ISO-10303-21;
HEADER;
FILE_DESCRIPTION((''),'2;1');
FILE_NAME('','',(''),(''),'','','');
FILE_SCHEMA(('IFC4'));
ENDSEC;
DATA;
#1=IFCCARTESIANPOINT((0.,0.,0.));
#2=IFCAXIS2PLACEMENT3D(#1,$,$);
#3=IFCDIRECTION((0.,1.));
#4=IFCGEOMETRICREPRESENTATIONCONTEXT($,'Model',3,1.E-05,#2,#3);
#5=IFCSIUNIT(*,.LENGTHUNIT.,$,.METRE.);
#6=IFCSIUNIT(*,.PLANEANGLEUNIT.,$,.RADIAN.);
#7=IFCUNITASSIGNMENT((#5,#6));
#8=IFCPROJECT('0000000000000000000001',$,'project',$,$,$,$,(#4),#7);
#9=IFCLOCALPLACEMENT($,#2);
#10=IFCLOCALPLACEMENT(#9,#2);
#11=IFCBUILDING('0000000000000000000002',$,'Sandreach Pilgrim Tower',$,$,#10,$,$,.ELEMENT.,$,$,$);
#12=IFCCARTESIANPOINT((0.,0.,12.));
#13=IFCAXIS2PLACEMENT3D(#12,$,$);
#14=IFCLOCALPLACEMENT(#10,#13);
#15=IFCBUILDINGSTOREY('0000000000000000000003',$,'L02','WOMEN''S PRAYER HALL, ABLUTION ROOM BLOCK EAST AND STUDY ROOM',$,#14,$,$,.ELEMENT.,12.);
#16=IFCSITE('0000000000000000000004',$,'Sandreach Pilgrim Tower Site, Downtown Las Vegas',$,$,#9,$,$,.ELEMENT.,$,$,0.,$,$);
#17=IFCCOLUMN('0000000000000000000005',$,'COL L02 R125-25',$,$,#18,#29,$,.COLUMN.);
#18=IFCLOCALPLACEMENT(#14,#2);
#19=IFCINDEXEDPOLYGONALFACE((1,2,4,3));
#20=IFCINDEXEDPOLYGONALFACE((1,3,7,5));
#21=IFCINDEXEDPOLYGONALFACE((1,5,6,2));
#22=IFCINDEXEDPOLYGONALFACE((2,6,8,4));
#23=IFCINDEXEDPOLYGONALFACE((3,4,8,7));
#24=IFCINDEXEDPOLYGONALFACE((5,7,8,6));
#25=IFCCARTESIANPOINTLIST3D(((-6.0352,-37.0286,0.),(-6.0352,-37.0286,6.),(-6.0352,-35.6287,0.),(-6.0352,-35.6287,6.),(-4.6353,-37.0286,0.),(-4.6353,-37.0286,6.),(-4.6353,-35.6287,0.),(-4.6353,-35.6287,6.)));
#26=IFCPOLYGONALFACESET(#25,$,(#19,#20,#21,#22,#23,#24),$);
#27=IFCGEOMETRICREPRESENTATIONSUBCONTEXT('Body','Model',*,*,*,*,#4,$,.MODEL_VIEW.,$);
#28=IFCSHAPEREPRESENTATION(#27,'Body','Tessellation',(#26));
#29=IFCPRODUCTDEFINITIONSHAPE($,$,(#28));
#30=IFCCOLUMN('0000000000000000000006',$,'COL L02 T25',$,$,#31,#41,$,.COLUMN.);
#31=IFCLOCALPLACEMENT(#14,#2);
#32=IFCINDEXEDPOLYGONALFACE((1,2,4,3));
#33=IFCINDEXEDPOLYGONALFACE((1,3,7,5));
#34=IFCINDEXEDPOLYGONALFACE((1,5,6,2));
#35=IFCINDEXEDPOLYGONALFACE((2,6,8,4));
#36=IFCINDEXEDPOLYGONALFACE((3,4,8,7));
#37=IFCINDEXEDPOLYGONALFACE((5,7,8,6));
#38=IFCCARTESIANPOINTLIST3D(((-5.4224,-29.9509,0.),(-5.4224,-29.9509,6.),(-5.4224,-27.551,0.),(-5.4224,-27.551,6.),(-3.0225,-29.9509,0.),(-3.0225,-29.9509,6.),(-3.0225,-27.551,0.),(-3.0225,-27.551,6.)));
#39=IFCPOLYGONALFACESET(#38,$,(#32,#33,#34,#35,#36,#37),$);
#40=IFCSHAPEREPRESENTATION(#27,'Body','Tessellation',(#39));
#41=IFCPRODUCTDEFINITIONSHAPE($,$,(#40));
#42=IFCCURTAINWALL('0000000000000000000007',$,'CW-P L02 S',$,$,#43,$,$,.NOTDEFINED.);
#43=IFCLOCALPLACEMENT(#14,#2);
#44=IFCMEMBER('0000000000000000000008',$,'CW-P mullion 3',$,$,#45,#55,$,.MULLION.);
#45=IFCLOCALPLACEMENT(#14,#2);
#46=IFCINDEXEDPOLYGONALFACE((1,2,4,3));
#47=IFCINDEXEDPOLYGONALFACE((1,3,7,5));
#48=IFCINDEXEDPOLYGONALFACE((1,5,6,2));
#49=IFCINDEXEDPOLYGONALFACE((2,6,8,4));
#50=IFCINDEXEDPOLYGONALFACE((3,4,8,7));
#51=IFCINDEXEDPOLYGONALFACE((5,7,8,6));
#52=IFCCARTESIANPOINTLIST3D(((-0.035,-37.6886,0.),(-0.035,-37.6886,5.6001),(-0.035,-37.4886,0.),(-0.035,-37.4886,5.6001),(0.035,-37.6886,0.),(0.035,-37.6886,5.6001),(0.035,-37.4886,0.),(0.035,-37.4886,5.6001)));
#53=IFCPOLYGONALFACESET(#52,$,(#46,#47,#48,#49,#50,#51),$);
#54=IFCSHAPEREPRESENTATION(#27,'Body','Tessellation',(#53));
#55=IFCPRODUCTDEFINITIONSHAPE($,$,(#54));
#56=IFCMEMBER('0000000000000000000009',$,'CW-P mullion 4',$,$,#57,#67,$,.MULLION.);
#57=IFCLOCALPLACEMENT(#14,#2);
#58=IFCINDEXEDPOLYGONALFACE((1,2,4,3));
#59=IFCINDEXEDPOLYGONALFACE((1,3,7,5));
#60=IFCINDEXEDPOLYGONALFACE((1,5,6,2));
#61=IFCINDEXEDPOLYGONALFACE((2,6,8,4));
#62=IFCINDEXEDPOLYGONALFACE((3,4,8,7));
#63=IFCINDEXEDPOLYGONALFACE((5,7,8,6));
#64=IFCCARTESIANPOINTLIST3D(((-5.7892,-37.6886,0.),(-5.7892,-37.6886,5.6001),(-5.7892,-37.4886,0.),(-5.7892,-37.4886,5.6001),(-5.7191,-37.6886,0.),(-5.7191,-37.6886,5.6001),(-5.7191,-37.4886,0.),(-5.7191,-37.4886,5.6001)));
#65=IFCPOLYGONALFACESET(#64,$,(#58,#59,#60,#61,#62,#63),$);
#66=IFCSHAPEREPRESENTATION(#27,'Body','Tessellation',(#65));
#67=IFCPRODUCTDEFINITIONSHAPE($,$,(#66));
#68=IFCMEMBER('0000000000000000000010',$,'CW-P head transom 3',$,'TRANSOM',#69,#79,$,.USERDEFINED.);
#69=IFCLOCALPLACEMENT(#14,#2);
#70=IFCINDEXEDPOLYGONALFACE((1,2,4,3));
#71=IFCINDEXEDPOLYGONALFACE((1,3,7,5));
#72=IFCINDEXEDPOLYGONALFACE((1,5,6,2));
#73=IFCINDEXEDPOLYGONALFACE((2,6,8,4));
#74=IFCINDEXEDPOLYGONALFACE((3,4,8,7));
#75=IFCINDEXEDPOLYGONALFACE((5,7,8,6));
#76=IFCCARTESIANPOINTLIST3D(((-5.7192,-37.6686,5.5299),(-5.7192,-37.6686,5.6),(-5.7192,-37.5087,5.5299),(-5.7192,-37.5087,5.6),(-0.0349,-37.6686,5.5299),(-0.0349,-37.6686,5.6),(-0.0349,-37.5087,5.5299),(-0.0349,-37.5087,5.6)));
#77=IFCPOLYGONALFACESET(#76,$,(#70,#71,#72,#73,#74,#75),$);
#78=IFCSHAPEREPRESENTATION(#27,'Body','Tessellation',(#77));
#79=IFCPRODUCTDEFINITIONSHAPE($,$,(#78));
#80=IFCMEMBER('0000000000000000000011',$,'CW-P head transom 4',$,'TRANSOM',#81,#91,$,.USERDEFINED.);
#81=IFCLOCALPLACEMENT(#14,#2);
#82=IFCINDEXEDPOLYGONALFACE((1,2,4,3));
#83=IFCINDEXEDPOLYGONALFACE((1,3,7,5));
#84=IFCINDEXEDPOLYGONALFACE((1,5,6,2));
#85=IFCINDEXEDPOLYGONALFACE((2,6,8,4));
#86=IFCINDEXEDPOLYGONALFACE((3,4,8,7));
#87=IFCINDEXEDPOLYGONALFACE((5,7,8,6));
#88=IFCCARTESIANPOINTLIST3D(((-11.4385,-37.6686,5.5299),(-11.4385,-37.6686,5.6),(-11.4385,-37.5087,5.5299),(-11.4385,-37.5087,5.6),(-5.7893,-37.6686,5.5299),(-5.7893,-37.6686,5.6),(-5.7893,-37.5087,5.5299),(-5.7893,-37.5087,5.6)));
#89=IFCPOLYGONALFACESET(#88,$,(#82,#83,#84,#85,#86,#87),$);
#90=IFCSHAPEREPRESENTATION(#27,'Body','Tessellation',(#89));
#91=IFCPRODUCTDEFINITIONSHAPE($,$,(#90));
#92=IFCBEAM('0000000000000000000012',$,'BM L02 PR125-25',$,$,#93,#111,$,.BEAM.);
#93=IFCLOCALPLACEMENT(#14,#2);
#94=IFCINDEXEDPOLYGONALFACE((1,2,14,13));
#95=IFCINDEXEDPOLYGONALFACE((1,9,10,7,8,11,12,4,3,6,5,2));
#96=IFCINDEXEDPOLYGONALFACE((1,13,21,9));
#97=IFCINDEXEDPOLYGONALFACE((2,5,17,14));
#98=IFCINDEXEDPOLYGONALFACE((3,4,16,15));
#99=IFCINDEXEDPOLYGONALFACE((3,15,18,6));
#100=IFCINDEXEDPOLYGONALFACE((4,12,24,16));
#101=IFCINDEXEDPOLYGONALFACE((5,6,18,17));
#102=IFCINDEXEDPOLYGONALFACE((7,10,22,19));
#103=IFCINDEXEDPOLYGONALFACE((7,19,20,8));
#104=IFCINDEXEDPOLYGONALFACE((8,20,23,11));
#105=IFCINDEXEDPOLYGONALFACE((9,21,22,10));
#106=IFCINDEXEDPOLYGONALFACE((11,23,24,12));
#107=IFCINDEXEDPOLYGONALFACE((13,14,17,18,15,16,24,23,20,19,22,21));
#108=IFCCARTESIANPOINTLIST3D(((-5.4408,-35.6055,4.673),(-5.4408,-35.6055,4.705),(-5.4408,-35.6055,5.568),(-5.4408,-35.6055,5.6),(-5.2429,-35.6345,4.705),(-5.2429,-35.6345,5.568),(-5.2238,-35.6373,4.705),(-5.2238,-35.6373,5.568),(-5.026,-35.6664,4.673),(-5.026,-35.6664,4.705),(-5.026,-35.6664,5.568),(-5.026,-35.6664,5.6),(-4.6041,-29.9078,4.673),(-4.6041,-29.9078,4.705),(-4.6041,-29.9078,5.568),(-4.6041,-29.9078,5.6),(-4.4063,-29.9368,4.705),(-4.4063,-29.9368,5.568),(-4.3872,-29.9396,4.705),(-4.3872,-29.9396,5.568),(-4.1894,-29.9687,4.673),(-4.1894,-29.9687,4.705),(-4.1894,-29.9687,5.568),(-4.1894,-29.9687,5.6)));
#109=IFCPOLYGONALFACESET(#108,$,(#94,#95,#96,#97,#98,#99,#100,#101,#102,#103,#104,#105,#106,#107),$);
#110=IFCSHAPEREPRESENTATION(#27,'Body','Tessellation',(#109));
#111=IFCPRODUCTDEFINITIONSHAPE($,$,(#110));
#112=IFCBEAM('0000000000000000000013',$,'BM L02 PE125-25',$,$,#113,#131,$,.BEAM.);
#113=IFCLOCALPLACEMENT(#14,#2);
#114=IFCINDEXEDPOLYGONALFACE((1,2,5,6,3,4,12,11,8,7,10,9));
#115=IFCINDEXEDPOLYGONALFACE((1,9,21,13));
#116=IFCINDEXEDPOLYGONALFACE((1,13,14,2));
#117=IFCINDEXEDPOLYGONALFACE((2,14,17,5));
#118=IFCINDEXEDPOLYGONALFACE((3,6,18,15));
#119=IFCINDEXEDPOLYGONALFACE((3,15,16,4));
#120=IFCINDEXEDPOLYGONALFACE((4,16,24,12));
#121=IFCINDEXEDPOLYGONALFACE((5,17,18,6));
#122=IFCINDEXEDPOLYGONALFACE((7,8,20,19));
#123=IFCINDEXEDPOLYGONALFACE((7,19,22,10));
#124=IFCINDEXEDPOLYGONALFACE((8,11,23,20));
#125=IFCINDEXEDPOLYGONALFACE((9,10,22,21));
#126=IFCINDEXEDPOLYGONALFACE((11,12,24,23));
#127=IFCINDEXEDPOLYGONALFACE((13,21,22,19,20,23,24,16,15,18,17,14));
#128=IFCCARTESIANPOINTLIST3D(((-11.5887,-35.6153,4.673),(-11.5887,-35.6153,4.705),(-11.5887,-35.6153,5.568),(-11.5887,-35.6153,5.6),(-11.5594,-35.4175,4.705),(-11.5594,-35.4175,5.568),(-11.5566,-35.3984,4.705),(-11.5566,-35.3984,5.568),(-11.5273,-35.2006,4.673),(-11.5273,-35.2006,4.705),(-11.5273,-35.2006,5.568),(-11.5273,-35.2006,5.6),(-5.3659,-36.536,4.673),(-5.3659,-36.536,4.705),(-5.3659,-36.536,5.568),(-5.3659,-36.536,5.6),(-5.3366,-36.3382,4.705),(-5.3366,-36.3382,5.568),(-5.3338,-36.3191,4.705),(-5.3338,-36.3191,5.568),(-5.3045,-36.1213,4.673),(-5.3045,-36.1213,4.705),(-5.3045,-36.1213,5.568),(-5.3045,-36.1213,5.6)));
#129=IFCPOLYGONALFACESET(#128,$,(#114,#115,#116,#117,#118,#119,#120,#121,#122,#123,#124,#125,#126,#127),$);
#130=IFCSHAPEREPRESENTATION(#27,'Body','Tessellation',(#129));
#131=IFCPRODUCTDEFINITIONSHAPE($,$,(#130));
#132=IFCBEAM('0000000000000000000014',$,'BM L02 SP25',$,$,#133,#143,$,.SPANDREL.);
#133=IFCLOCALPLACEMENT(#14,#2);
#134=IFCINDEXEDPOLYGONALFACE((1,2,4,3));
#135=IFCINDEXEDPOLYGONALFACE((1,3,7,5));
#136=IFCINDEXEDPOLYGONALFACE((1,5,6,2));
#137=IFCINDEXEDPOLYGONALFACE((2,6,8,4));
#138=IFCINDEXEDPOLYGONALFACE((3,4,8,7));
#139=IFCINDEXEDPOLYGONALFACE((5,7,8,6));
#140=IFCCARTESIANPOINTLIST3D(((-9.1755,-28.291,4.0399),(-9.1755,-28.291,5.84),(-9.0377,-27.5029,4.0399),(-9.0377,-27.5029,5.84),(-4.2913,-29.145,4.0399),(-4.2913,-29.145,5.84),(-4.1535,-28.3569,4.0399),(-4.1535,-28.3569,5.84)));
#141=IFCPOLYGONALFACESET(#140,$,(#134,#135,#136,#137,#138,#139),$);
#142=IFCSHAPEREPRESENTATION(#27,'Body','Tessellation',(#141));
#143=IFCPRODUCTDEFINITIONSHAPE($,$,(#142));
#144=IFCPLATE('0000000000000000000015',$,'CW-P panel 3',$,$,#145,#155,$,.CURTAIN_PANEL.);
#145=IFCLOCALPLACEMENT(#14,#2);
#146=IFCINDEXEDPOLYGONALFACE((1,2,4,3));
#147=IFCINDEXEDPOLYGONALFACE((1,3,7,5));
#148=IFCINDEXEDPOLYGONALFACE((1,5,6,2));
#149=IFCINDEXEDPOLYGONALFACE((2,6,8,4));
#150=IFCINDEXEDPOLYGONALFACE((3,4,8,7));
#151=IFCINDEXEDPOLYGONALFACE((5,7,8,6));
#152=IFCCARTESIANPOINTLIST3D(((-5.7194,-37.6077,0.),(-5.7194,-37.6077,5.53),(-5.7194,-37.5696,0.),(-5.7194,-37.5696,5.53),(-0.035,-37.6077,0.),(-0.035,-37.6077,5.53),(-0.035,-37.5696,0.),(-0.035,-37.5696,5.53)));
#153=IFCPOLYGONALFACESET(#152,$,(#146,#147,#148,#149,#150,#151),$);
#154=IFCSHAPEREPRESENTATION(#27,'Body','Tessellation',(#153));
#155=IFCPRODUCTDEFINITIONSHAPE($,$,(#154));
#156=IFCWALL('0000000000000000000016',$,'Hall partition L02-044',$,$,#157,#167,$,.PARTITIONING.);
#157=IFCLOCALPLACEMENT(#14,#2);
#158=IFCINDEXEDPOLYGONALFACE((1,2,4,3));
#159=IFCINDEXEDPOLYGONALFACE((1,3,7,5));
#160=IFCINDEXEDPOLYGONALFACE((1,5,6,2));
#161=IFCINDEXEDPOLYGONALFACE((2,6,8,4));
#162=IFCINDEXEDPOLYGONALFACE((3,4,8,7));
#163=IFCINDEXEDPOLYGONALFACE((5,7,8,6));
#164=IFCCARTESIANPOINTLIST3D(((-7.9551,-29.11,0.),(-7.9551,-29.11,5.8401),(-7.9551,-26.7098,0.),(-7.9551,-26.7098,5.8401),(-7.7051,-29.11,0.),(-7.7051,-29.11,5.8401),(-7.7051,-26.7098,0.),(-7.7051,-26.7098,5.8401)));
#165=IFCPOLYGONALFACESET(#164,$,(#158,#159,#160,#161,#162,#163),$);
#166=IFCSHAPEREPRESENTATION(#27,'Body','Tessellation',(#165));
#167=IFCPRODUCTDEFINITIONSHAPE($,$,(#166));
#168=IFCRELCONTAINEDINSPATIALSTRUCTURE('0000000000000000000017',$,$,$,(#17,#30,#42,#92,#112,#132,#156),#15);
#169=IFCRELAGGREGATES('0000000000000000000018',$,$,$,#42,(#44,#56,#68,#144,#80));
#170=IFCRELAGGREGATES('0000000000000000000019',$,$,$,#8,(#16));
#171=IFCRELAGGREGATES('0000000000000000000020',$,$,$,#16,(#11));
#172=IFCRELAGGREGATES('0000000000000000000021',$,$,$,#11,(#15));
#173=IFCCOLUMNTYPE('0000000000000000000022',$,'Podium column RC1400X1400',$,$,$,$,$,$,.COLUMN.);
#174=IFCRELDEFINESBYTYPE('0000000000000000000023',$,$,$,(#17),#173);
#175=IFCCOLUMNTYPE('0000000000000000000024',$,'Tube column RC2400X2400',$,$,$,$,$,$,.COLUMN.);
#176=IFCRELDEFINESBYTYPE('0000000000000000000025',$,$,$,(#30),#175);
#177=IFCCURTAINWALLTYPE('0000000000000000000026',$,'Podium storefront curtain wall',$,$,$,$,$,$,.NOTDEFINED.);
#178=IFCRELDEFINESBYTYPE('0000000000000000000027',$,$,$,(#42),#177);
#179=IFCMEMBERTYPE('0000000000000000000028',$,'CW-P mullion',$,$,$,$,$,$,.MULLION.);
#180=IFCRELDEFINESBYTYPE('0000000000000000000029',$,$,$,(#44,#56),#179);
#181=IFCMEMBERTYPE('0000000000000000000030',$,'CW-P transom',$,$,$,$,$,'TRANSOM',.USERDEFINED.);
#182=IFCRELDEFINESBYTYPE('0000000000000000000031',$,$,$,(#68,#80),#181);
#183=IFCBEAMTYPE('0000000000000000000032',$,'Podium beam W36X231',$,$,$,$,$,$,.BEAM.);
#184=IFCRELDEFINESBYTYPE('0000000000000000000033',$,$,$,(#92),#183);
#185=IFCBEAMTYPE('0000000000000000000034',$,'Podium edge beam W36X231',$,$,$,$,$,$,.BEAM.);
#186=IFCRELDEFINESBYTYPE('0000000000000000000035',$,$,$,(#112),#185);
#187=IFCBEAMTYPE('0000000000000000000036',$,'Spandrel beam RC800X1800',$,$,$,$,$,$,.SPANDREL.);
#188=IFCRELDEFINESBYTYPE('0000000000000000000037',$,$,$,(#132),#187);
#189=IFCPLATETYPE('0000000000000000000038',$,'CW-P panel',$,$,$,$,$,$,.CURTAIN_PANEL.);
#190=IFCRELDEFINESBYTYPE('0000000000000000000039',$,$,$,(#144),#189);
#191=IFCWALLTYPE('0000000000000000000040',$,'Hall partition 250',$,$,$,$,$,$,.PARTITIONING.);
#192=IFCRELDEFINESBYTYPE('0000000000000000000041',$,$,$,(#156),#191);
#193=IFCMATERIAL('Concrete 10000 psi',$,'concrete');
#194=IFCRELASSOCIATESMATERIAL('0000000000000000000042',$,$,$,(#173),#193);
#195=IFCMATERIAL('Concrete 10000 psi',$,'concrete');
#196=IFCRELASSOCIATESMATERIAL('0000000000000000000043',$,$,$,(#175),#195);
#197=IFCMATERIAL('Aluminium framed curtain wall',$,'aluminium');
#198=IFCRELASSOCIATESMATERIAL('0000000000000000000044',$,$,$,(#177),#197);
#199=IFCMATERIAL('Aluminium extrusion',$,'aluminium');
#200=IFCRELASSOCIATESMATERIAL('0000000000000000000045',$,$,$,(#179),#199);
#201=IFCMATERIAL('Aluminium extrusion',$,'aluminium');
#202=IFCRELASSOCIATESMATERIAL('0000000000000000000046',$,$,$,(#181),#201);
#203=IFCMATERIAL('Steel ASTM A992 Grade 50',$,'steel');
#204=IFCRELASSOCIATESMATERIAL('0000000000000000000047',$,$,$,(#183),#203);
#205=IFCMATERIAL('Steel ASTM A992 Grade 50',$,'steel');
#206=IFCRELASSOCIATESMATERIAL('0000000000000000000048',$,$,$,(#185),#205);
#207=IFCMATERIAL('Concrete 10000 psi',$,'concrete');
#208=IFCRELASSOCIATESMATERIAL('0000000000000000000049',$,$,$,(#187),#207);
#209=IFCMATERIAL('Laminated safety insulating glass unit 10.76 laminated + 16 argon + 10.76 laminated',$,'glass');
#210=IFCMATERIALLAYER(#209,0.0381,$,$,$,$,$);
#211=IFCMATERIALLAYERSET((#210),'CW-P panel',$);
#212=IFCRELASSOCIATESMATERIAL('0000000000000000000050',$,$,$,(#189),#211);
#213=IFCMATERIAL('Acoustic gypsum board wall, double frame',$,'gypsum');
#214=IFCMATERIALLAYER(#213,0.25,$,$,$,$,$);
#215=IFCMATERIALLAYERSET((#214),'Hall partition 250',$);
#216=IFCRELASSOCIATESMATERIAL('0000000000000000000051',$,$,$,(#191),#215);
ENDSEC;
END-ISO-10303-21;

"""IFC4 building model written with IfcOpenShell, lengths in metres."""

from ifc_helpers import new_model, si_unit, direction, frame, frame_2d, origin, origin_2d, place, context, subcontext, project, spatial, rectangle, i_section, extrude, material, layer, layer_set, material_profile, profile_set, type_object, element, aggregate, save


model = new_model("IFC4")

# Units and contexts
model_context = context("Model", 3, precision=1e-05, world=origin(), true_north=direction((0.0, 1.0)))
body_context = subcontext(model_context, "Body", "Model", "MODEL_VIEW")
ifc_project = project(units=[si_unit("LENGTHUNIT", "METRE"), si_unit("PLANEANGLEUNIT", "RADIAN")], contexts=[model_context])

# Site, building, storey
site_placement = place(None, origin())
site = spatial("IfcSite", under=ifc_project, at=site_placement, Name="Sandreach Pilgrim Tower Site, Downtown Las Vegas", CompositionType="ELEMENT", RefElevation=0.0)
building_placement = place(site_placement, origin())
building = spatial("IfcBuilding", under=site, at=building_placement, Name="Sandreach Pilgrim Tower", CompositionType="ELEMENT")
storey_placement = place(building_placement, frame((0.0, 0.0, 12.0)))
storey = spatial("IfcBuildingStorey", under=building, at=storey_placement, Name="L02", Description="WOMEN'S PRAYER HALL, ABLUTION ROOM BLOCK EAST AND STUDY ROOM", CompositionType="ELEMENT", Elevation=12.0)

# Columns
ifc_material_1 = material(Name="Concrete 10000 psi", Category="concrete")
ifc_material_profile_1 = material_profile(ifc_material_1, rectangle(XDim=1.3999, YDim=1.3999, at=origin_2d()), Name="RC1400X1400")
ifc_profile_set_1 = profile_set([ifc_material_profile_1], Name="Concrete 10000 psi")
column_type_1 = type_object("IfcColumnType", Name="Podium column RC1400X1400", PredefinedType="COLUMN", material=ifc_profile_set_1)
column_1_placement = place(storey_placement, frame((-5.3352, -36.3286, 0.0), z_axis=(0.0, 0.0, 1.0), x_axis=(0.0, -1.0, 0.0)))
element("IfcColumn", 1, at=column_1_placement, inside=storey, type_object=column_type_1, Name="COL L02 R125-25", PredefinedType="COLUMN", context=body_context, shape_type="SweptSolid", body=[
    extrude(rectangle(XDim=1.3999, YDim=1.3999, at=origin_2d()), origin(), (0.0, 0.0, 1.0), 6.0),
])
ifc_material_2 = material(Name="Concrete 10000 psi", Category="concrete")
ifc_material_profile_2 = material_profile(ifc_material_2, rectangle(XDim=2.3999, YDim=2.3999, at=origin_2d()), Name="RC2400X2400")
ifc_profile_set_2 = profile_set([ifc_material_profile_2], Name="Concrete 10000 psi")
column_type_2 = type_object("IfcColumnType", Name="Tube column RC2400X2400", PredefinedType="COLUMN", material=ifc_profile_set_2)
column_2_placement = place(storey_placement, frame((-4.2224, -28.751, 0.0), z_axis=(0.0, 0.0, 1.0), x_axis=(0.0, -1.0, 0.0)))
element("IfcColumn", 2, at=column_2_placement, inside=storey, type_object=column_type_2, Name="COL L02 T25", PredefinedType="COLUMN", context=body_context, shape_type="SweptSolid", body=[
    extrude(rectangle(XDim=2.3999, YDim=2.3999, at=origin_2d()), origin(), (0.0, 0.0, 1.0), 6.0),
])

# Curtain wall, members
ifc_material_3 = material(Name="Aluminium framed curtain wall", Category="aluminium")
curtain_wall_type = type_object("IfcCurtainWallType", Name="Podium storefront curtain wall", PredefinedType="NOTDEFINED", material=ifc_material_3)
curtain_wall_placement = place(storey_placement, origin())
curtain_wall = element("IfcCurtainWall", 3, at=curtain_wall_placement, inside=storey, type_object=curtain_wall_type, Name="CW-P L02 S", PredefinedType="NOTDEFINED")
ifc_material_4 = material(Name="Aluminium extrusion", Category="aluminium")
ifc_material_profile_3 = material_profile(ifc_material_4, rectangle(XDim=0.0701, YDim=0.2, at=origin_2d()), Name="CW-PM 70X200")
ifc_profile_set_3 = profile_set([ifc_material_profile_3], Name="Aluminium extrusion")
member_type_1 = type_object("IfcMemberType", Name="CW-P mullion", PredefinedType="MULLION", material=ifc_profile_set_3)
member_1_placement = place(storey_placement, frame((0.0, -37.5886, 0.0), z_axis=(0.0, 0.0, 1.0), x_axis=(-1.0, 0.0, 0.0)))
member_1 = element("IfcMember", 4, at=member_1_placement, type_object=member_type_1, Name="CW-P mullion 3", PredefinedType="MULLION", context=body_context, shape_type="SweptSolid", body=[
    extrude(rectangle(XDim=0.0701, YDim=0.2, at=origin_2d()), origin(), (0.0, 0.0, 1.0), 5.6001),
])
member_2_placement = place(storey_placement, frame((-5.7542, -37.5886, 0.0), z_axis=(0.0, 0.0, 1.0), x_axis=(-1.0, 0.0, 0.0)))
member_2 = element("IfcMember", 5, at=member_2_placement, type_object=member_type_1, Name="CW-P mullion 4", PredefinedType="MULLION", context=body_context, shape_type="SweptSolid", body=[
    extrude(rectangle(XDim=0.0701, YDim=0.2, at=origin_2d()), origin(), (0.0, 0.0, 1.0), 5.6001),
])
ifc_material_5 = material(Name="Aluminium extrusion", Category="aluminium")
ifc_material_profile_4 = material_profile(ifc_material_5, rectangle(XDim=0.1599, YDim=0.0701, at=origin_2d()), Name="CW-PT 160X70")
ifc_profile_set_4 = profile_set([ifc_material_profile_4], Name="Aluminium extrusion")
member_type_2 = type_object("IfcMemberType", Name="CW-P transom", ElementType="TRANSOM", PredefinedType="USERDEFINED", material=ifc_profile_set_4)
member_3_placement = place(storey_placement, frame((-0.0349, -37.5886, 5.5649), z_axis=(-1.0, 0.0, 0.0), x_axis=(0.0, -1.0, 0.0)))
member_3 = element("IfcMember", 6, at=member_3_placement, type_object=member_type_2, Name="CW-P head transom 3", ObjectType="TRANSOM", PredefinedType="USERDEFINED", context=body_context, shape_type="SweptSolid", body=[
    extrude(rectangle(XDim=0.1599, YDim=0.0701, at=origin_2d()), origin(), (0.0, 0.0, 1.0), 5.6843),
])
member_4_placement = place(storey_placement, frame((-5.7893, -37.5886, 5.5649), z_axis=(-1.0, 0.0, 0.0), x_axis=(0.0, -1.0, 0.0)))
member_4 = element("IfcMember", 7, at=member_4_placement, type_object=member_type_2, Name="CW-P head transom 4", ObjectType="TRANSOM", PredefinedType="USERDEFINED", context=body_context, shape_type="SweptSolid", body=[
    extrude(rectangle(XDim=0.1599, YDim=0.0701, at=origin_2d()), origin(), (0.0, 0.0, 1.0), 5.6492),
])

# Beams
ifc_material_6 = material(Name="Steel ASTM A992 Grade 50", Category="steel")
ifc_material_profile_5 = material_profile(ifc_material_6, i_section(OverallWidth=0.4192, OverallDepth=0.927, WebThickness=0.0193, FlangeThickness=0.032, at=origin_2d()), Name="W36X231")
ifc_profile_set_5 = profile_set([ifc_material_profile_5], Name="Steel ASTM A992 Grade 50")
beam_type_1 = type_object("IfcBeamType", Name="Podium beam W36X231", PredefinedType="BEAM", material=ifc_profile_set_5)
beam_1_placement = place(storey_placement, frame((-4.3967, -29.9382, 5.1365), z_axis=(-0.145284, -0.98939, 0.0), x_axis=(0.98939, -0.145284, 0.0)))
element("IfcBeam", 8, at=beam_1_placement, inside=storey, type_object=beam_type_1, Name="BM L02 PR125-25", PredefinedType="BEAM", context=body_context, shape_type="SweptSolid", body=[
    extrude(i_section(OverallWidth=0.4192, OverallDepth=0.927, WebThickness=0.0193, FlangeThickness=0.032, at=origin_2d()), origin(), (0.0, 0.0, 1.0), 5.7588),
])
ifc_material_7 = material(Name="Steel ASTM A992 Grade 50", Category="steel")
ifc_material_profile_6 = material_profile(ifc_material_7, i_section(OverallWidth=0.4192, OverallDepth=0.927, WebThickness=0.0193, FlangeThickness=0.032, at=origin_2d()), Name="W36X231")
ifc_profile_set_6 = profile_set([ifc_material_profile_6], Name="Steel ASTM A992 Grade 50")
beam_type_2 = type_object("IfcBeamType", Name="Podium edge beam W36X231", PredefinedType="BEAM", material=ifc_profile_set_6)
beam_2_placement = place(storey_placement, frame((-5.3352, -36.3286, 5.1365), z_axis=(-0.989232, 0.146353, 0.0), x_axis=(-0.146353, -0.989232, 0.0)))
element("IfcBeam", 9, at=beam_2_placement, inside=storey, type_object=beam_type_2, Name="BM L02 PE125-25", PredefinedType="BEAM", context=body_context, shape_type="SweptSolid", body=[
    extrude(i_section(OverallWidth=0.4192, OverallDepth=0.927, WebThickness=0.0193, FlangeThickness=0.032, at=origin_2d()), origin(), (0.0, 0.0, 1.0), 6.2905),
])
ifc_material_8 = material(Name="Concrete 10000 psi", Category="concrete")
ifc_material_profile_7 = material_profile(ifc_material_8, rectangle(XDim=0.8, YDim=1.8, at=origin_2d()), Name="RC800X1800")
ifc_profile_set_7 = profile_set([ifc_material_profile_7], Name="Concrete 10000 psi")
beam_type_3 = type_object("IfcBeamType", Name="Spandrel beam RC800X1800", PredefinedType="SPANDREL", material=ifc_profile_set_7)
beam_3_placement = place(storey_placement, frame((-4.2224, -28.751, 4.9399), z_axis=(-0.985054, 0.172243, 0.0), x_axis=(-0.172243, -0.985054, 0.0)))
element("IfcBeam", 10, at=beam_3_placement, inside=storey, type_object=beam_type_3, Name="BM L02 SP25", PredefinedType="SPANDREL", context=body_context, shape_type="SweptSolid", body=[
    extrude(rectangle(XDim=0.8, YDim=1.8, at=origin_2d()), origin(), (0.0, 0.0, 1.0), 4.9583),
])

# Plate
ifc_material_9 = material(Name="Laminated safety insulating glass unit 10.76 laminated + 16 argon + 10.76 laminated", Category="glass")
ifc_layer_1 = layer(ifc_material_9, 0.0381)
ifc_layer_set_1 = layer_set([ifc_layer_1], Name="CW-P panel")
plate_type = type_object("IfcPlateType", Name="CW-P panel", PredefinedType="CURTAIN_PANEL", material=ifc_layer_set_1)
plate_placement = place(storey_placement, frame((-2.8772, -37.5886, 0.0), z_axis=(0.0, 0.0, 1.0), x_axis=(-1.0, 0.0, 0.0)))
plate = element("IfcPlate", 11, at=plate_placement, type_object=plate_type, Name="CW-P panel 3", PredefinedType="CURTAIN_PANEL", context=body_context, shape_type="SweptSolid", body=[
    extrude(rectangle(XDim=5.6843, YDim=0.0381, at=origin_2d()), origin(), (0.0, 0.0, 1.0), 5.53),
])
aggregate(curtain_wall, [member_1, member_2, member_3, plate, member_4])

# Wall
ifc_material_10 = material(Name="Acoustic gypsum board wall, double frame", Category="gypsum")
ifc_layer_2 = layer(ifc_material_10, 0.25)
ifc_layer_set_2 = layer_set([ifc_layer_2], Name="Hall partition 250")
wall_type_1 = type_object("IfcWallType", Name="Hall partition 250", PredefinedType="PARTITIONING", material=ifc_layer_set_2)
wall_1_placement = place(storey_placement, frame((-7.8301, -29.1101, 0.0), z_axis=(0.0, 0.0, 1.0), x_axis=(0.0, 1.0, 0.0)))
element("IfcWall", 12, at=wall_1_placement, inside=storey, type_object=wall_type_1, Name="Hall partition L02-044", PredefinedType="PARTITIONING", context=body_context, shape_type="SweptSolid", body=[
    extrude(rectangle(XDim=2.4001, YDim=0.25, at=frame_2d((1.2002, 0.0))), origin(), (0.0, 0.0, 1.0), 5.8401),
])

save(model, "model.ifc")
